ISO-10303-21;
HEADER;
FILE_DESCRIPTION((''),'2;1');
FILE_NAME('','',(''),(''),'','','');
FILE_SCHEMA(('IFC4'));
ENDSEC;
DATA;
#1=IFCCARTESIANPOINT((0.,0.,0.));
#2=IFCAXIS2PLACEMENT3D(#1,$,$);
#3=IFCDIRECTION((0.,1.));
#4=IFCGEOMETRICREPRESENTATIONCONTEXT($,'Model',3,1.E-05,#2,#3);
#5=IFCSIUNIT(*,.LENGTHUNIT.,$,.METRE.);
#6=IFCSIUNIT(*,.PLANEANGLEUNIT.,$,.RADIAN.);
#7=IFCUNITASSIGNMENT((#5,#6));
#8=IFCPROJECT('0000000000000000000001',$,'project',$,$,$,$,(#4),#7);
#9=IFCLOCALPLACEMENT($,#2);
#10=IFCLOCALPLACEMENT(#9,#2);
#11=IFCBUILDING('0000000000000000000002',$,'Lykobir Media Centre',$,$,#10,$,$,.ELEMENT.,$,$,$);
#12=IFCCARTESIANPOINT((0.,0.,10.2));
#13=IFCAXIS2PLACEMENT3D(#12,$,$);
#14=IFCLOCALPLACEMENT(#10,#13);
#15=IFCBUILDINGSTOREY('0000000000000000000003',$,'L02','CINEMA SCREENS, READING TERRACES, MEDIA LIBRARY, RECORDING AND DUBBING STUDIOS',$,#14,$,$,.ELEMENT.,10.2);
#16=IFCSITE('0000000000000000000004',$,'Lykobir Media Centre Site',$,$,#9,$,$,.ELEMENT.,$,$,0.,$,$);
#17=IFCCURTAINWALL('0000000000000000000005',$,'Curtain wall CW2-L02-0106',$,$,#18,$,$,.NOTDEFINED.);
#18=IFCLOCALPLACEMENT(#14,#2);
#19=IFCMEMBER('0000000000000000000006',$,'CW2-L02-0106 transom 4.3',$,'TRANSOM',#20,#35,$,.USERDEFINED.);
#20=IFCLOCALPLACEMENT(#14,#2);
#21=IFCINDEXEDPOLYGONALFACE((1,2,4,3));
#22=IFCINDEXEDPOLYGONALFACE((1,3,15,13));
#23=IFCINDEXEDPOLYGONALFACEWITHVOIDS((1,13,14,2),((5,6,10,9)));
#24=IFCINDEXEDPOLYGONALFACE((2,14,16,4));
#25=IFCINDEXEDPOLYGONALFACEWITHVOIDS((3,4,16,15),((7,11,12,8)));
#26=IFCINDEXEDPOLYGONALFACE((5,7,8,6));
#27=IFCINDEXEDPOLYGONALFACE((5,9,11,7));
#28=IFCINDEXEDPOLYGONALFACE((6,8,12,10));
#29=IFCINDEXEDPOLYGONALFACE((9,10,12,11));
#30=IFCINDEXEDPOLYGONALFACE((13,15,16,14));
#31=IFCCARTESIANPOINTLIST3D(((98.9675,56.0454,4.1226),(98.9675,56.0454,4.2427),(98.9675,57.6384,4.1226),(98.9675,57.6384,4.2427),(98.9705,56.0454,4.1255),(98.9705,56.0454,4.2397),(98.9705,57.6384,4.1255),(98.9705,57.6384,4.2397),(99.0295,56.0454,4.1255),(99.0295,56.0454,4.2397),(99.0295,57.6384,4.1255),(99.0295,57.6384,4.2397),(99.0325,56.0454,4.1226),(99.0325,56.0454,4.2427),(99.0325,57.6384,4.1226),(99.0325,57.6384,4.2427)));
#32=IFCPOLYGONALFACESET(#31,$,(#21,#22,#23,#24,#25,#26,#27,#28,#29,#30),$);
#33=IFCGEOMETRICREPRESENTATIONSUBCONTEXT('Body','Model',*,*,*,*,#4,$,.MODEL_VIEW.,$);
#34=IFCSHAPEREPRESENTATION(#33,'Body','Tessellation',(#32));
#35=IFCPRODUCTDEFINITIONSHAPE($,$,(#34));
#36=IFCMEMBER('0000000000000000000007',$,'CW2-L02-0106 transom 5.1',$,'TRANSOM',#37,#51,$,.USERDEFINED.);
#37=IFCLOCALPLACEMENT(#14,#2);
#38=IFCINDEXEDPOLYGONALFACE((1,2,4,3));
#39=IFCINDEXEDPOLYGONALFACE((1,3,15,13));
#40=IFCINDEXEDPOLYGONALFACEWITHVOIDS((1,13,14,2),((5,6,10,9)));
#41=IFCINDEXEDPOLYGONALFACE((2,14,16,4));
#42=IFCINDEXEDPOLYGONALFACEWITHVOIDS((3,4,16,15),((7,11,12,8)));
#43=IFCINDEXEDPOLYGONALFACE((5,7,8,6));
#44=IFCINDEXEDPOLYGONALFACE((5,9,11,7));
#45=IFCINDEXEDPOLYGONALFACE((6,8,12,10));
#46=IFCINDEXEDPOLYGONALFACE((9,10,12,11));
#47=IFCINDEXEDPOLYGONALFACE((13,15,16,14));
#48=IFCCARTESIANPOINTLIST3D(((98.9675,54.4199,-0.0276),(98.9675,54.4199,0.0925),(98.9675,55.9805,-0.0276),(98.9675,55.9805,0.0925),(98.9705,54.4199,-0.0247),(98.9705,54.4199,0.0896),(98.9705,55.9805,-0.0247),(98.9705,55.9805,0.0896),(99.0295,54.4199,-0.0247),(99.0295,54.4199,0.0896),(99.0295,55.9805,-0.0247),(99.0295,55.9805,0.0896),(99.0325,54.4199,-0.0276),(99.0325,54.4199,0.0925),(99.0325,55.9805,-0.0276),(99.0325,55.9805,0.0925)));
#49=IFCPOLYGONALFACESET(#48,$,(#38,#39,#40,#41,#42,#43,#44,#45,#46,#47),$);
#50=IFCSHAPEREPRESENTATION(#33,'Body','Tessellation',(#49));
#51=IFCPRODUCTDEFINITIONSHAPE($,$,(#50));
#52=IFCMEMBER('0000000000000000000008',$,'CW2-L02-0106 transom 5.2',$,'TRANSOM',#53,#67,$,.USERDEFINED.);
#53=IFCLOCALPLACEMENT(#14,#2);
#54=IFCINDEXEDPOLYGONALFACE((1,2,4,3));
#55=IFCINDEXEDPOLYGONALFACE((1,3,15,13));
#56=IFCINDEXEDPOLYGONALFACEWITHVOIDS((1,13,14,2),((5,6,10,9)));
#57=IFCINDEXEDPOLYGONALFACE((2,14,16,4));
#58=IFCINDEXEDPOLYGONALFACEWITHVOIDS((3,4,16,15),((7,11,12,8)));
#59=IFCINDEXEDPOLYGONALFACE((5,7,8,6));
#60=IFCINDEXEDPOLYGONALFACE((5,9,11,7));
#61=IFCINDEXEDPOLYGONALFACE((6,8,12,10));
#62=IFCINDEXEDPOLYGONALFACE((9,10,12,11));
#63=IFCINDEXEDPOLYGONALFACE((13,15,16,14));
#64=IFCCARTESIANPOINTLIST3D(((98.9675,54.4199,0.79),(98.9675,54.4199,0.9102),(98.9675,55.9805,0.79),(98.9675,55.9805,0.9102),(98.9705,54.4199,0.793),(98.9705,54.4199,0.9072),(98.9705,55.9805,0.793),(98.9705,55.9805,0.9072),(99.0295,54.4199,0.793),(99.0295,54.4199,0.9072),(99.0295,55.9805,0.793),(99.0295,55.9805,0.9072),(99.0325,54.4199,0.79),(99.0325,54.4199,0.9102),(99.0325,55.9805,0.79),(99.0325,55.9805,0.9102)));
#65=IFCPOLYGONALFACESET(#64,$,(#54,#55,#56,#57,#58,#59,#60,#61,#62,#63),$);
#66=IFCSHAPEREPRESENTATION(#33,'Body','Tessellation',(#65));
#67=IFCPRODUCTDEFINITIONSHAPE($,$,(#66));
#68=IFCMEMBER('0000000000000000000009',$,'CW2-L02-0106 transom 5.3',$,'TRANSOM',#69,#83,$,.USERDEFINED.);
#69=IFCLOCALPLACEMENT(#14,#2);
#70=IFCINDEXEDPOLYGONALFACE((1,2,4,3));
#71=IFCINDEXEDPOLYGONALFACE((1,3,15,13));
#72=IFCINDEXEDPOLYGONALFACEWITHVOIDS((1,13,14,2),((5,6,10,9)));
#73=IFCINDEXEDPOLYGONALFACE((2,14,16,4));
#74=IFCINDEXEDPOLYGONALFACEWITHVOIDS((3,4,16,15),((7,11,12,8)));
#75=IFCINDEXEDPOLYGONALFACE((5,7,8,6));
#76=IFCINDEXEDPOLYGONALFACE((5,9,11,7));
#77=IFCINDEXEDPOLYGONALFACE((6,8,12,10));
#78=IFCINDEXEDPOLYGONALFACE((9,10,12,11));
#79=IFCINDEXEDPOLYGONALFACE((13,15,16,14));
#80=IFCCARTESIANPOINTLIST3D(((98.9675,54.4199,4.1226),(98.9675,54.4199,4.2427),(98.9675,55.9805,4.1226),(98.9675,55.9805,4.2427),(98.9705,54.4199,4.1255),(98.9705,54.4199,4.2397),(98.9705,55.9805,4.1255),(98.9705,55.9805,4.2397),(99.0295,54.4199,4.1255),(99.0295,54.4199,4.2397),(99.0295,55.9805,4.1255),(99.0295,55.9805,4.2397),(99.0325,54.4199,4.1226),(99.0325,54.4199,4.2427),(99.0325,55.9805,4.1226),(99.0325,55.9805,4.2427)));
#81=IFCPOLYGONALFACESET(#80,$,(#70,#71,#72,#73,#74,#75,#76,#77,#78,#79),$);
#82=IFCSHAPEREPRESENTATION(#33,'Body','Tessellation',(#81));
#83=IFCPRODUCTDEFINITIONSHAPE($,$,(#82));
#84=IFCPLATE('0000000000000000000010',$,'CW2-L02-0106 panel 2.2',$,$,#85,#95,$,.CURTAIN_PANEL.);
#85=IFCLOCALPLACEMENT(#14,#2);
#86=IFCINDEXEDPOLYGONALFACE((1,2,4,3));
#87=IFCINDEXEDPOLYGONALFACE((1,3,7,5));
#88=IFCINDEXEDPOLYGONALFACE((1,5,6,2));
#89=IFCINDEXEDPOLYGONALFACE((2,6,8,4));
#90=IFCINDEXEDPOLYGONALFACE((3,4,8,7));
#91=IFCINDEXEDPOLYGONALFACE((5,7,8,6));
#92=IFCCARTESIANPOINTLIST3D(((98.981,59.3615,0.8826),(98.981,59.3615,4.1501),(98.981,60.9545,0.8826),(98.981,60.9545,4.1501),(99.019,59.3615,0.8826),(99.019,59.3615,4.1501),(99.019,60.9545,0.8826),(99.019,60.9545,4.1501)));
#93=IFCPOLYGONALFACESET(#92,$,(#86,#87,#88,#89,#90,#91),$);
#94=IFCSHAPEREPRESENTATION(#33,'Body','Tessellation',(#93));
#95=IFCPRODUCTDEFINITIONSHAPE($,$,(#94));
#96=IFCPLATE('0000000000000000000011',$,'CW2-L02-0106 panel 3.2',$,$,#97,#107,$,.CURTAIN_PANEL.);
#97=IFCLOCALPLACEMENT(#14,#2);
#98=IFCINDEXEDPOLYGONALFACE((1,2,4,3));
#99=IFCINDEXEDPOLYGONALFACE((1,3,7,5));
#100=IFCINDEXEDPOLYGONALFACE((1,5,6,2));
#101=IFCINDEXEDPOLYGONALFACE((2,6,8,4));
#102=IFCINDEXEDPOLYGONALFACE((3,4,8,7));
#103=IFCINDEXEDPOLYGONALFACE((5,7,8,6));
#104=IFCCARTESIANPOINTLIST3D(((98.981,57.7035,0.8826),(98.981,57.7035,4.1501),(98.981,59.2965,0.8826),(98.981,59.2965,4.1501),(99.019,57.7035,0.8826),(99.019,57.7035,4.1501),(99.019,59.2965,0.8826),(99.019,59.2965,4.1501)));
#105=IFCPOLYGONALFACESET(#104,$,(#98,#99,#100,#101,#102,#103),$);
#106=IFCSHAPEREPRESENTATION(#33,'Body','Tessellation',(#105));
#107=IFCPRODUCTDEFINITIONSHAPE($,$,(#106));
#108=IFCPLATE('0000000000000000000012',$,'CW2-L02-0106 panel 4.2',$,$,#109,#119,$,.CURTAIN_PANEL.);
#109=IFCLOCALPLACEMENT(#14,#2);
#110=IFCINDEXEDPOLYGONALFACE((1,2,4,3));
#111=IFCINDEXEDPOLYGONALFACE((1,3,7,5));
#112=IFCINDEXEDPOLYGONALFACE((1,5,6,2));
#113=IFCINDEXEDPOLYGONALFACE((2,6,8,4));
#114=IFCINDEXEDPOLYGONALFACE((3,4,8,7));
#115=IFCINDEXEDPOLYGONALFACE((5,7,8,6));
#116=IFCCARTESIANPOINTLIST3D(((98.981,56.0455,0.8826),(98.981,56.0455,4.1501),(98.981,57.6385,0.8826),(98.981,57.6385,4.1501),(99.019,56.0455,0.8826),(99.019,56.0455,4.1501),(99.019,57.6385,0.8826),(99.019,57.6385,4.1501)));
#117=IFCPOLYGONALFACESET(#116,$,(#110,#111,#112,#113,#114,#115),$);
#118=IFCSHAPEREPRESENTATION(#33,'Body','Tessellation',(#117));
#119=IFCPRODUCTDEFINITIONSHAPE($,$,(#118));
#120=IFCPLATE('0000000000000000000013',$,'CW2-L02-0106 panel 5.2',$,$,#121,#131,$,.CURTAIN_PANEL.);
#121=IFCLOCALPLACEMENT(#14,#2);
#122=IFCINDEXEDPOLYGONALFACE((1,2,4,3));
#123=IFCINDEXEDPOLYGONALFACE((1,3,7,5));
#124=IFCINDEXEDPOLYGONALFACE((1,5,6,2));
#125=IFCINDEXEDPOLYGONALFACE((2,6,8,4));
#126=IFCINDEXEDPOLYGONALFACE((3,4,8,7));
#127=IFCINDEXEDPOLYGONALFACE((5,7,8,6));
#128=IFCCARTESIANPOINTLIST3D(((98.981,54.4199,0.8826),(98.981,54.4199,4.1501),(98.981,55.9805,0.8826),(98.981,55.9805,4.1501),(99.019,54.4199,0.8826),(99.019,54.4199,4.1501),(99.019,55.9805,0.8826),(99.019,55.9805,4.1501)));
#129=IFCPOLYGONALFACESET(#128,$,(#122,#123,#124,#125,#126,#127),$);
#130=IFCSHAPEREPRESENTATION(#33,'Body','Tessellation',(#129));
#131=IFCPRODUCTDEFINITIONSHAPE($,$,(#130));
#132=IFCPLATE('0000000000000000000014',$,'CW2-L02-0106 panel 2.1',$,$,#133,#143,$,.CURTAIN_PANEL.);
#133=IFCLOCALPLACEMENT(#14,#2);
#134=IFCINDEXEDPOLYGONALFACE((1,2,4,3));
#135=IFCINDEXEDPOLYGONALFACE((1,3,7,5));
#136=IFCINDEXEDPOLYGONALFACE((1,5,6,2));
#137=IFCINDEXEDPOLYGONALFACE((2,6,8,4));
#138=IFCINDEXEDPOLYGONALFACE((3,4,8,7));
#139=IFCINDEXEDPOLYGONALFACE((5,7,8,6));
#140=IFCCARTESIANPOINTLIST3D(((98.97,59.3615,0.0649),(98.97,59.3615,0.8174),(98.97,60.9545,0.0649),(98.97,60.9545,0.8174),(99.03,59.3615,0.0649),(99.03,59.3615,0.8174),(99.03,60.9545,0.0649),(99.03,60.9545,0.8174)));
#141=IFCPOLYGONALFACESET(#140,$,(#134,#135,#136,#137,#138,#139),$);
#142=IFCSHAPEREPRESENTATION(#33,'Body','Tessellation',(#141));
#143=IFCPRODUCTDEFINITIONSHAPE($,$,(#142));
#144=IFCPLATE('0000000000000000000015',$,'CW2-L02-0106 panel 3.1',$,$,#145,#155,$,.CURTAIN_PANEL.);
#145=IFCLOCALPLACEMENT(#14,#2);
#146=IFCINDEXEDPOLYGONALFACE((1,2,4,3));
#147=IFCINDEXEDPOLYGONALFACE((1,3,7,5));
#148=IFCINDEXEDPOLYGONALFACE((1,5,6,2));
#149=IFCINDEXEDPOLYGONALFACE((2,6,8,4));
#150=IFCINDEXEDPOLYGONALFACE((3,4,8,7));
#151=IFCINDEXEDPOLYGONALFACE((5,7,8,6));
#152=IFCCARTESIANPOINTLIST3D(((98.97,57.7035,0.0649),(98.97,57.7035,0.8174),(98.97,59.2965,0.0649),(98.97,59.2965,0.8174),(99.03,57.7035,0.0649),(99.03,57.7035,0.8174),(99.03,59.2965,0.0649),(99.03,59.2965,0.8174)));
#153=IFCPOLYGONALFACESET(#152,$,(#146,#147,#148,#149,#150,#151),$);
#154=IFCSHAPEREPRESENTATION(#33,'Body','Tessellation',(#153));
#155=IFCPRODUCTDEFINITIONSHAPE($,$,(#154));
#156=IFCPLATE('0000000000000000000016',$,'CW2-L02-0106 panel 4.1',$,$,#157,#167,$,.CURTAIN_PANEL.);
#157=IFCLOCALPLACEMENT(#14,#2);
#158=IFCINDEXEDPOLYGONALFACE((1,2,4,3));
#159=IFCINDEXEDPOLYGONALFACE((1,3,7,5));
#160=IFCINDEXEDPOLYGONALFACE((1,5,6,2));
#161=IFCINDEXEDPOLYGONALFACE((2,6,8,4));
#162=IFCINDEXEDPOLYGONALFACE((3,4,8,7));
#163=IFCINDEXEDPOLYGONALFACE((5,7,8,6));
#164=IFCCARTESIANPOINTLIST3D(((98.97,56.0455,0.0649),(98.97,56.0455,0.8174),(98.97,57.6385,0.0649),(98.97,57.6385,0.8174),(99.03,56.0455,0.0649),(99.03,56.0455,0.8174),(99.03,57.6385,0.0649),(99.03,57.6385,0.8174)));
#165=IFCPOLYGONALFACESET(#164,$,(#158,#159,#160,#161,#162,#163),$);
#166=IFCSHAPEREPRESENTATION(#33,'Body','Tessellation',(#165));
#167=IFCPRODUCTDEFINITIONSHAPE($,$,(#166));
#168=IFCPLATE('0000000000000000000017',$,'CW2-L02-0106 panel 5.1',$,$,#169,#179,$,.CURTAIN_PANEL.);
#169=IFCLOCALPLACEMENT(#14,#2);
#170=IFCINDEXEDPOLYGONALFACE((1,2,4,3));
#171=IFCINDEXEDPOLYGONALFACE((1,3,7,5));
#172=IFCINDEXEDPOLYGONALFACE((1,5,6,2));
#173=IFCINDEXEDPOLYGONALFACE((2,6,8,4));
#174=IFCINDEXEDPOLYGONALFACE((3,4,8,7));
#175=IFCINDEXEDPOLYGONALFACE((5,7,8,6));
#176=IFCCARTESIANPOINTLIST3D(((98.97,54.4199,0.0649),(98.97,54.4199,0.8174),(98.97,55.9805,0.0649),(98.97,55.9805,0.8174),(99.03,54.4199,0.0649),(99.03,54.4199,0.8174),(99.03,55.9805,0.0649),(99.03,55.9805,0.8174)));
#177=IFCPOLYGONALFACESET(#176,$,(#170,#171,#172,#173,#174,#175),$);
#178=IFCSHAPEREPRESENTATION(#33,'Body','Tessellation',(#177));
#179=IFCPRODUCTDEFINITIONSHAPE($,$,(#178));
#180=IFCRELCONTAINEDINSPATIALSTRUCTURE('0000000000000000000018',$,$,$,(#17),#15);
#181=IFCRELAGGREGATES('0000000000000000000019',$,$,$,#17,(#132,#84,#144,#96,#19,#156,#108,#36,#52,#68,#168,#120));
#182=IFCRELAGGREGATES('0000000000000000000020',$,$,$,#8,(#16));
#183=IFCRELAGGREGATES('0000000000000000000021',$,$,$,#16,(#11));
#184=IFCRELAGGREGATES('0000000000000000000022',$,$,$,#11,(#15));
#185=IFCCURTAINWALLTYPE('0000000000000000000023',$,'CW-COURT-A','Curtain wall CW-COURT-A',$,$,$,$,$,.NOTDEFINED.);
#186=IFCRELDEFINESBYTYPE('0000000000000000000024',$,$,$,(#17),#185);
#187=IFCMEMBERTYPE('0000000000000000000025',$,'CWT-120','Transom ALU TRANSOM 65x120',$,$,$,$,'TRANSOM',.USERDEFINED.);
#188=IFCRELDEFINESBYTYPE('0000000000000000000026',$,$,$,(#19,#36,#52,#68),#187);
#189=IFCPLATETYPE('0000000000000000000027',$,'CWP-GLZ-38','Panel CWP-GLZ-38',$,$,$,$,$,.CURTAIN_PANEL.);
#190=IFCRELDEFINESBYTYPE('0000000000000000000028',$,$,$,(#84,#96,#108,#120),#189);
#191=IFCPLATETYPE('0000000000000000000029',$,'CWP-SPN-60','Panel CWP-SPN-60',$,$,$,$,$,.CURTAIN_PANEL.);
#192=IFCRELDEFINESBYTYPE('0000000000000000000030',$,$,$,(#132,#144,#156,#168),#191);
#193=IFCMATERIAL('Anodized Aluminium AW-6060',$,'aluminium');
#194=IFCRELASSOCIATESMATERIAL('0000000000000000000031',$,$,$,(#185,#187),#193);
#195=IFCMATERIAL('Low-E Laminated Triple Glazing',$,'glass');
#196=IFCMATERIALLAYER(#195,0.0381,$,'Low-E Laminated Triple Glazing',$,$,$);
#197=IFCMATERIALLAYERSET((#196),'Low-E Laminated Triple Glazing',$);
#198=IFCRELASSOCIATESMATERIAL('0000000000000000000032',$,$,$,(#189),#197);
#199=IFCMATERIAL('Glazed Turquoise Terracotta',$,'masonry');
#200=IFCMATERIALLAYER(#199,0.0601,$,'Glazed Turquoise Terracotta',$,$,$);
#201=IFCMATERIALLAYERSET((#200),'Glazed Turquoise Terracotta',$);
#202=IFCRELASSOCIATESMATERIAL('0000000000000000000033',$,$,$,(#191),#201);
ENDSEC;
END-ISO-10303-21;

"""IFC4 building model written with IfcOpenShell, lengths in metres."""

from ifc_helpers import new_model, si_unit, direction, frame, origin, origin_2d, place, context, subcontext, project, spatial, rectangle, hollow_rectangle, extrude, material, layer, layer_set, material_profile, profile_set, type_object, element, aggregate, save


model = new_model("IFC4")

# Units and contexts
model_context = context("Model", 3, precision=1e-05, world=origin(), true_north=direction((0.0, 1.0)))
body_context = subcontext(model_context, "Body", "Model", "MODEL_VIEW")
ifc_project = project(units=[si_unit("LENGTHUNIT", "METRE"), si_unit("PLANEANGLEUNIT", "RADIAN")], contexts=[model_context])

# Site, building, storey
site_placement = place(None, origin())
site = spatial("IfcSite", under=ifc_project, at=site_placement, Name="Lykobir Media Centre Site", CompositionType="ELEMENT", RefElevation=0.0)
building_placement = place(site_placement, origin())
building = spatial("IfcBuilding", under=site, at=building_placement, Name="Lykobir Media Centre", CompositionType="ELEMENT")
storey_placement = place(building_placement, frame((0.0, 0.0, 10.2)))
storey = spatial("IfcBuildingStorey", under=building, at=storey_placement, Name="L02", Description="CINEMA SCREENS, READING TERRACES, MEDIA LIBRARY, RECORDING AND DUBBING STUDIOS", CompositionType="ELEMENT", Elevation=10.2)

# Curtain wall, members, plates
ifc_material_1 = material(Name="Anodized Aluminium AW-6060", Category="aluminium")
curtain_wall_type = type_object("IfcCurtainWallType", Name="CW-COURT-A", Description="Curtain wall CW-COURT-A", PredefinedType="NOTDEFINED", material=ifc_material_1)
curtain_wall_placement = place(storey_placement, origin())
curtain_wall = element("IfcCurtainWall", 1, at=curtain_wall_placement, inside=storey, type_object=curtain_wall_type, Name="Curtain wall CW2-L02-0106", PredefinedType="NOTDEFINED")
ifc_material_profile_1 = material_profile(ifc_material_1, hollow_rectangle(XDim=0.0649, YDim=0.1201, WallThickness=0.0029, at=origin_2d()), Name="ALU TRANSOM 65x120")
ifc_profile_set_1 = profile_set([ifc_material_profile_1], Name="Anodized Aluminium AW-6060")
member_type_1 = type_object("IfcMemberType", Name="CWT-120", Description="Transom ALU TRANSOM 65x120", ElementType="TRANSOM", PredefinedType="USERDEFINED", material=ifc_profile_set_1)
member_1_placement = place(storey_placement, frame((99.0, 57.6384, 4.1826), z_axis=(0.0, -1.0, 0.0), x_axis=(1.0, 0.0, 0.0)))
member_1 = element("IfcMember", 2, at=member_1_placement, type_object=member_type_1, Name="CW2-L02-0106 transom 4.3", ObjectType="TRANSOM", PredefinedType="USERDEFINED", context=body_context, shape_type="SweptSolid", body=[
    extrude(hollow_rectangle(XDim=0.0649, YDim=0.1201, WallThickness=0.0029, at=origin_2d()), origin(), (0.0, 0.0, 1.0), 1.593),
])
member_2_placement = place(storey_placement, frame((99.0, 55.9805, 0.0325), z_axis=(0.0, -1.0, 0.0), x_axis=(1.0, 0.0, 0.0)))
member_2 = element("IfcMember", 3, at=member_2_placement, type_object=member_type_1, Name="CW2-L02-0106 transom 5.1", ObjectType="TRANSOM", PredefinedType="USERDEFINED", context=body_context, shape_type="SweptSolid", body=[
    extrude(hollow_rectangle(XDim=0.0649, YDim=0.1201, WallThickness=0.0029, at=origin_2d()), origin(), (0.0, 0.0, 1.0), 1.5605),
])
member_3_placement = place(storey_placement, frame((99.0, 55.9805, 0.8501), z_axis=(0.0, -1.0, 0.0), x_axis=(1.0, 0.0, 0.0)))
member_3 = element("IfcMember", 4, at=member_3_placement, type_object=member_type_1, Name="CW2-L02-0106 transom 5.2", ObjectType="TRANSOM", PredefinedType="USERDEFINED", context=body_context, shape_type="SweptSolid", body=[
    extrude(hollow_rectangle(XDim=0.0649, YDim=0.1201, WallThickness=0.0029, at=origin_2d()), origin(), (0.0, 0.0, 1.0), 1.5605),
])
member_4_placement = place(storey_placement, frame((99.0, 55.9805, 4.1826), z_axis=(0.0, -1.0, 0.0), x_axis=(1.0, 0.0, 0.0)))
member_4 = element("IfcMember", 5, at=member_4_placement, type_object=member_type_1, Name="CW2-L02-0106 transom 5.3", ObjectType="TRANSOM", PredefinedType="USERDEFINED", context=body_context, shape_type="SweptSolid", body=[
    extrude(hollow_rectangle(XDim=0.0649, YDim=0.1201, WallThickness=0.0029, at=origin_2d()), origin(), (0.0, 0.0, 1.0), 1.5605),
])
ifc_material_2 = material(Name="Low-E Laminated Triple Glazing", Category="glass")
ifc_layer_1 = layer(ifc_material_2, 0.0381, Name="Low-E Laminated Triple Glazing")
ifc_layer_set_1 = layer_set([ifc_layer_1], Name="Low-E Laminated Triple Glazing")
plate_type_1 = type_object("IfcPlateType", Name="CWP-GLZ-38", Description="Panel CWP-GLZ-38", PredefinedType="CURTAIN_PANEL", material=ifc_layer_set_1)
plate_1_placement = place(storey_placement, frame((99.0, 60.158, 0.8826), z_axis=(0.0, 0.0, 1.0), x_axis=(0.0, -1.0, 0.0)))
plate_1 = element("IfcPlate", 6, at=plate_1_placement, type_object=plate_type_1, Name="CW2-L02-0106 panel 2.2", PredefinedType="CURTAIN_PANEL", context=body_context, shape_type="SweptSolid", body=[
    extrude(rectangle(XDim=1.593, YDim=0.0381, at=origin_2d()), origin(), (0.0, 0.0, 1.0), 3.2676),
])
plate_2_placement = place(storey_placement, frame((99.0, 58.5, 0.8826), z_axis=(0.0, 0.0, 1.0), x_axis=(0.0, -1.0, 0.0)))
plate_2 = element("IfcPlate", 7, at=plate_2_placement, type_object=plate_type_1, Name="CW2-L02-0106 panel 3.2", PredefinedType="CURTAIN_PANEL", context=body_context, shape_type="SweptSolid", body=[
    extrude(rectangle(XDim=1.593, YDim=0.0381, at=origin_2d()), origin(), (0.0, 0.0, 1.0), 3.2676),
])
plate_3_placement = place(storey_placement, frame((99.0, 56.842, 0.8826), z_axis=(0.0, 0.0, 1.0), x_axis=(0.0, -1.0, 0.0)))
plate_3 = element("IfcPlate", 8, at=plate_3_placement, type_object=plate_type_1, Name="CW2-L02-0106 panel 4.2", PredefinedType="CURTAIN_PANEL", context=body_context, shape_type="SweptSolid", body=[
    extrude(rectangle(XDim=1.593, YDim=0.0381, at=origin_2d()), origin(), (0.0, 0.0, 1.0), 3.2676),
])
plate_4_placement = place(storey_placement, frame((99.0, 55.2002, 0.8826), z_axis=(0.0, 0.0, 1.0), x_axis=(0.0, -1.0, 0.0)))
plate_4 = element("IfcPlate", 9, at=plate_4_placement, type_object=plate_type_1, Name="CW2-L02-0106 panel 5.2", PredefinedType="CURTAIN_PANEL", context=body_context, shape_type="SweptSolid", body=[
    extrude(rectangle(XDim=1.5605, YDim=0.0381, at=origin_2d()), origin(), (0.0, 0.0, 1.0), 3.2676),
])
ifc_material_3 = material(Name="Glazed Turquoise Terracotta", Category="masonry")
ifc_layer_2 = layer(ifc_material_3, 0.0601, Name="Glazed Turquoise Terracotta")
ifc_layer_set_2 = layer_set([ifc_layer_2], Name="Glazed Turquoise Terracotta")
plate_type_2 = type_object("IfcPlateType", Name="CWP-SPN-60", Description="Panel CWP-SPN-60", PredefinedType="CURTAIN_PANEL", material=ifc_layer_set_2)
plate_5_placement = place(storey_placement, frame((99.0, 60.158, 0.0649), z_axis=(0.0, 0.0, 1.0), x_axis=(0.0, -1.0, 0.0)))
plate_5 = element("IfcPlate", 10, at=plate_5_placement, type_object=plate_type_2, Name="CW2-L02-0106 panel 2.1", PredefinedType="CURTAIN_PANEL", context=body_context, shape_type="SweptSolid", body=[
    extrude(rectangle(XDim=1.593, YDim=0.0601, at=origin_2d()), origin(), (0.0, 0.0, 1.0), 0.7524),
])
plate_6_placement = place(storey_placement, frame((99.0, 58.5, 0.0649), z_axis=(0.0, 0.0, 1.0), x_axis=(0.0, -1.0, 0.0)))
plate_6 = element("IfcPlate", 11, at=plate_6_placement, type_object=plate_type_2, Name="CW2-L02-0106 panel 3.1", PredefinedType="CURTAIN_PANEL", context=body_context, shape_type="SweptSolid", body=[
    extrude(rectangle(XDim=1.593, YDim=0.0601, at=origin_2d()), origin(), (0.0, 0.0, 1.0), 0.7524),
])
plate_7_placement = place(storey_placement, frame((99.0, 56.842, 0.0649), z_axis=(0.0, 0.0, 1.0), x_axis=(0.0, -1.0, 0.0)))
plate_7 = element("IfcPlate", 12, at=plate_7_placement, type_object=plate_type_2, Name="CW2-L02-0106 panel 4.1", PredefinedType="CURTAIN_PANEL", context=body_context, shape_type="SweptSolid", body=[
    extrude(rectangle(XDim=1.593, YDim=0.0601, at=origin_2d()), origin(), (0.0, 0.0, 1.0), 0.7524),
])
plate_8_placement = place(storey_placement, frame((99.0, 55.2002, 0.0649), z_axis=(0.0, 0.0, 1.0), x_axis=(0.0, -1.0, 0.0)))
plate_8 = element("IfcPlate", 13, at=plate_8_placement, type_object=plate_type_2, Name="CW2-L02-0106 panel 5.1", PredefinedType="CURTAIN_PANEL", context=body_context, shape_type="SweptSolid", body=[
    extrude(rectangle(XDim=1.5605, YDim=0.0601, at=origin_2d()), origin(), (0.0, 0.0, 1.0), 0.7524),
])
aggregate(curtain_wall, [plate_5, plate_1, plate_6, plate_2, member_1, plate_7, plate_3, member_2, member_3, member_4, plate_8, plate_4])

save(model, "model.ifc")
